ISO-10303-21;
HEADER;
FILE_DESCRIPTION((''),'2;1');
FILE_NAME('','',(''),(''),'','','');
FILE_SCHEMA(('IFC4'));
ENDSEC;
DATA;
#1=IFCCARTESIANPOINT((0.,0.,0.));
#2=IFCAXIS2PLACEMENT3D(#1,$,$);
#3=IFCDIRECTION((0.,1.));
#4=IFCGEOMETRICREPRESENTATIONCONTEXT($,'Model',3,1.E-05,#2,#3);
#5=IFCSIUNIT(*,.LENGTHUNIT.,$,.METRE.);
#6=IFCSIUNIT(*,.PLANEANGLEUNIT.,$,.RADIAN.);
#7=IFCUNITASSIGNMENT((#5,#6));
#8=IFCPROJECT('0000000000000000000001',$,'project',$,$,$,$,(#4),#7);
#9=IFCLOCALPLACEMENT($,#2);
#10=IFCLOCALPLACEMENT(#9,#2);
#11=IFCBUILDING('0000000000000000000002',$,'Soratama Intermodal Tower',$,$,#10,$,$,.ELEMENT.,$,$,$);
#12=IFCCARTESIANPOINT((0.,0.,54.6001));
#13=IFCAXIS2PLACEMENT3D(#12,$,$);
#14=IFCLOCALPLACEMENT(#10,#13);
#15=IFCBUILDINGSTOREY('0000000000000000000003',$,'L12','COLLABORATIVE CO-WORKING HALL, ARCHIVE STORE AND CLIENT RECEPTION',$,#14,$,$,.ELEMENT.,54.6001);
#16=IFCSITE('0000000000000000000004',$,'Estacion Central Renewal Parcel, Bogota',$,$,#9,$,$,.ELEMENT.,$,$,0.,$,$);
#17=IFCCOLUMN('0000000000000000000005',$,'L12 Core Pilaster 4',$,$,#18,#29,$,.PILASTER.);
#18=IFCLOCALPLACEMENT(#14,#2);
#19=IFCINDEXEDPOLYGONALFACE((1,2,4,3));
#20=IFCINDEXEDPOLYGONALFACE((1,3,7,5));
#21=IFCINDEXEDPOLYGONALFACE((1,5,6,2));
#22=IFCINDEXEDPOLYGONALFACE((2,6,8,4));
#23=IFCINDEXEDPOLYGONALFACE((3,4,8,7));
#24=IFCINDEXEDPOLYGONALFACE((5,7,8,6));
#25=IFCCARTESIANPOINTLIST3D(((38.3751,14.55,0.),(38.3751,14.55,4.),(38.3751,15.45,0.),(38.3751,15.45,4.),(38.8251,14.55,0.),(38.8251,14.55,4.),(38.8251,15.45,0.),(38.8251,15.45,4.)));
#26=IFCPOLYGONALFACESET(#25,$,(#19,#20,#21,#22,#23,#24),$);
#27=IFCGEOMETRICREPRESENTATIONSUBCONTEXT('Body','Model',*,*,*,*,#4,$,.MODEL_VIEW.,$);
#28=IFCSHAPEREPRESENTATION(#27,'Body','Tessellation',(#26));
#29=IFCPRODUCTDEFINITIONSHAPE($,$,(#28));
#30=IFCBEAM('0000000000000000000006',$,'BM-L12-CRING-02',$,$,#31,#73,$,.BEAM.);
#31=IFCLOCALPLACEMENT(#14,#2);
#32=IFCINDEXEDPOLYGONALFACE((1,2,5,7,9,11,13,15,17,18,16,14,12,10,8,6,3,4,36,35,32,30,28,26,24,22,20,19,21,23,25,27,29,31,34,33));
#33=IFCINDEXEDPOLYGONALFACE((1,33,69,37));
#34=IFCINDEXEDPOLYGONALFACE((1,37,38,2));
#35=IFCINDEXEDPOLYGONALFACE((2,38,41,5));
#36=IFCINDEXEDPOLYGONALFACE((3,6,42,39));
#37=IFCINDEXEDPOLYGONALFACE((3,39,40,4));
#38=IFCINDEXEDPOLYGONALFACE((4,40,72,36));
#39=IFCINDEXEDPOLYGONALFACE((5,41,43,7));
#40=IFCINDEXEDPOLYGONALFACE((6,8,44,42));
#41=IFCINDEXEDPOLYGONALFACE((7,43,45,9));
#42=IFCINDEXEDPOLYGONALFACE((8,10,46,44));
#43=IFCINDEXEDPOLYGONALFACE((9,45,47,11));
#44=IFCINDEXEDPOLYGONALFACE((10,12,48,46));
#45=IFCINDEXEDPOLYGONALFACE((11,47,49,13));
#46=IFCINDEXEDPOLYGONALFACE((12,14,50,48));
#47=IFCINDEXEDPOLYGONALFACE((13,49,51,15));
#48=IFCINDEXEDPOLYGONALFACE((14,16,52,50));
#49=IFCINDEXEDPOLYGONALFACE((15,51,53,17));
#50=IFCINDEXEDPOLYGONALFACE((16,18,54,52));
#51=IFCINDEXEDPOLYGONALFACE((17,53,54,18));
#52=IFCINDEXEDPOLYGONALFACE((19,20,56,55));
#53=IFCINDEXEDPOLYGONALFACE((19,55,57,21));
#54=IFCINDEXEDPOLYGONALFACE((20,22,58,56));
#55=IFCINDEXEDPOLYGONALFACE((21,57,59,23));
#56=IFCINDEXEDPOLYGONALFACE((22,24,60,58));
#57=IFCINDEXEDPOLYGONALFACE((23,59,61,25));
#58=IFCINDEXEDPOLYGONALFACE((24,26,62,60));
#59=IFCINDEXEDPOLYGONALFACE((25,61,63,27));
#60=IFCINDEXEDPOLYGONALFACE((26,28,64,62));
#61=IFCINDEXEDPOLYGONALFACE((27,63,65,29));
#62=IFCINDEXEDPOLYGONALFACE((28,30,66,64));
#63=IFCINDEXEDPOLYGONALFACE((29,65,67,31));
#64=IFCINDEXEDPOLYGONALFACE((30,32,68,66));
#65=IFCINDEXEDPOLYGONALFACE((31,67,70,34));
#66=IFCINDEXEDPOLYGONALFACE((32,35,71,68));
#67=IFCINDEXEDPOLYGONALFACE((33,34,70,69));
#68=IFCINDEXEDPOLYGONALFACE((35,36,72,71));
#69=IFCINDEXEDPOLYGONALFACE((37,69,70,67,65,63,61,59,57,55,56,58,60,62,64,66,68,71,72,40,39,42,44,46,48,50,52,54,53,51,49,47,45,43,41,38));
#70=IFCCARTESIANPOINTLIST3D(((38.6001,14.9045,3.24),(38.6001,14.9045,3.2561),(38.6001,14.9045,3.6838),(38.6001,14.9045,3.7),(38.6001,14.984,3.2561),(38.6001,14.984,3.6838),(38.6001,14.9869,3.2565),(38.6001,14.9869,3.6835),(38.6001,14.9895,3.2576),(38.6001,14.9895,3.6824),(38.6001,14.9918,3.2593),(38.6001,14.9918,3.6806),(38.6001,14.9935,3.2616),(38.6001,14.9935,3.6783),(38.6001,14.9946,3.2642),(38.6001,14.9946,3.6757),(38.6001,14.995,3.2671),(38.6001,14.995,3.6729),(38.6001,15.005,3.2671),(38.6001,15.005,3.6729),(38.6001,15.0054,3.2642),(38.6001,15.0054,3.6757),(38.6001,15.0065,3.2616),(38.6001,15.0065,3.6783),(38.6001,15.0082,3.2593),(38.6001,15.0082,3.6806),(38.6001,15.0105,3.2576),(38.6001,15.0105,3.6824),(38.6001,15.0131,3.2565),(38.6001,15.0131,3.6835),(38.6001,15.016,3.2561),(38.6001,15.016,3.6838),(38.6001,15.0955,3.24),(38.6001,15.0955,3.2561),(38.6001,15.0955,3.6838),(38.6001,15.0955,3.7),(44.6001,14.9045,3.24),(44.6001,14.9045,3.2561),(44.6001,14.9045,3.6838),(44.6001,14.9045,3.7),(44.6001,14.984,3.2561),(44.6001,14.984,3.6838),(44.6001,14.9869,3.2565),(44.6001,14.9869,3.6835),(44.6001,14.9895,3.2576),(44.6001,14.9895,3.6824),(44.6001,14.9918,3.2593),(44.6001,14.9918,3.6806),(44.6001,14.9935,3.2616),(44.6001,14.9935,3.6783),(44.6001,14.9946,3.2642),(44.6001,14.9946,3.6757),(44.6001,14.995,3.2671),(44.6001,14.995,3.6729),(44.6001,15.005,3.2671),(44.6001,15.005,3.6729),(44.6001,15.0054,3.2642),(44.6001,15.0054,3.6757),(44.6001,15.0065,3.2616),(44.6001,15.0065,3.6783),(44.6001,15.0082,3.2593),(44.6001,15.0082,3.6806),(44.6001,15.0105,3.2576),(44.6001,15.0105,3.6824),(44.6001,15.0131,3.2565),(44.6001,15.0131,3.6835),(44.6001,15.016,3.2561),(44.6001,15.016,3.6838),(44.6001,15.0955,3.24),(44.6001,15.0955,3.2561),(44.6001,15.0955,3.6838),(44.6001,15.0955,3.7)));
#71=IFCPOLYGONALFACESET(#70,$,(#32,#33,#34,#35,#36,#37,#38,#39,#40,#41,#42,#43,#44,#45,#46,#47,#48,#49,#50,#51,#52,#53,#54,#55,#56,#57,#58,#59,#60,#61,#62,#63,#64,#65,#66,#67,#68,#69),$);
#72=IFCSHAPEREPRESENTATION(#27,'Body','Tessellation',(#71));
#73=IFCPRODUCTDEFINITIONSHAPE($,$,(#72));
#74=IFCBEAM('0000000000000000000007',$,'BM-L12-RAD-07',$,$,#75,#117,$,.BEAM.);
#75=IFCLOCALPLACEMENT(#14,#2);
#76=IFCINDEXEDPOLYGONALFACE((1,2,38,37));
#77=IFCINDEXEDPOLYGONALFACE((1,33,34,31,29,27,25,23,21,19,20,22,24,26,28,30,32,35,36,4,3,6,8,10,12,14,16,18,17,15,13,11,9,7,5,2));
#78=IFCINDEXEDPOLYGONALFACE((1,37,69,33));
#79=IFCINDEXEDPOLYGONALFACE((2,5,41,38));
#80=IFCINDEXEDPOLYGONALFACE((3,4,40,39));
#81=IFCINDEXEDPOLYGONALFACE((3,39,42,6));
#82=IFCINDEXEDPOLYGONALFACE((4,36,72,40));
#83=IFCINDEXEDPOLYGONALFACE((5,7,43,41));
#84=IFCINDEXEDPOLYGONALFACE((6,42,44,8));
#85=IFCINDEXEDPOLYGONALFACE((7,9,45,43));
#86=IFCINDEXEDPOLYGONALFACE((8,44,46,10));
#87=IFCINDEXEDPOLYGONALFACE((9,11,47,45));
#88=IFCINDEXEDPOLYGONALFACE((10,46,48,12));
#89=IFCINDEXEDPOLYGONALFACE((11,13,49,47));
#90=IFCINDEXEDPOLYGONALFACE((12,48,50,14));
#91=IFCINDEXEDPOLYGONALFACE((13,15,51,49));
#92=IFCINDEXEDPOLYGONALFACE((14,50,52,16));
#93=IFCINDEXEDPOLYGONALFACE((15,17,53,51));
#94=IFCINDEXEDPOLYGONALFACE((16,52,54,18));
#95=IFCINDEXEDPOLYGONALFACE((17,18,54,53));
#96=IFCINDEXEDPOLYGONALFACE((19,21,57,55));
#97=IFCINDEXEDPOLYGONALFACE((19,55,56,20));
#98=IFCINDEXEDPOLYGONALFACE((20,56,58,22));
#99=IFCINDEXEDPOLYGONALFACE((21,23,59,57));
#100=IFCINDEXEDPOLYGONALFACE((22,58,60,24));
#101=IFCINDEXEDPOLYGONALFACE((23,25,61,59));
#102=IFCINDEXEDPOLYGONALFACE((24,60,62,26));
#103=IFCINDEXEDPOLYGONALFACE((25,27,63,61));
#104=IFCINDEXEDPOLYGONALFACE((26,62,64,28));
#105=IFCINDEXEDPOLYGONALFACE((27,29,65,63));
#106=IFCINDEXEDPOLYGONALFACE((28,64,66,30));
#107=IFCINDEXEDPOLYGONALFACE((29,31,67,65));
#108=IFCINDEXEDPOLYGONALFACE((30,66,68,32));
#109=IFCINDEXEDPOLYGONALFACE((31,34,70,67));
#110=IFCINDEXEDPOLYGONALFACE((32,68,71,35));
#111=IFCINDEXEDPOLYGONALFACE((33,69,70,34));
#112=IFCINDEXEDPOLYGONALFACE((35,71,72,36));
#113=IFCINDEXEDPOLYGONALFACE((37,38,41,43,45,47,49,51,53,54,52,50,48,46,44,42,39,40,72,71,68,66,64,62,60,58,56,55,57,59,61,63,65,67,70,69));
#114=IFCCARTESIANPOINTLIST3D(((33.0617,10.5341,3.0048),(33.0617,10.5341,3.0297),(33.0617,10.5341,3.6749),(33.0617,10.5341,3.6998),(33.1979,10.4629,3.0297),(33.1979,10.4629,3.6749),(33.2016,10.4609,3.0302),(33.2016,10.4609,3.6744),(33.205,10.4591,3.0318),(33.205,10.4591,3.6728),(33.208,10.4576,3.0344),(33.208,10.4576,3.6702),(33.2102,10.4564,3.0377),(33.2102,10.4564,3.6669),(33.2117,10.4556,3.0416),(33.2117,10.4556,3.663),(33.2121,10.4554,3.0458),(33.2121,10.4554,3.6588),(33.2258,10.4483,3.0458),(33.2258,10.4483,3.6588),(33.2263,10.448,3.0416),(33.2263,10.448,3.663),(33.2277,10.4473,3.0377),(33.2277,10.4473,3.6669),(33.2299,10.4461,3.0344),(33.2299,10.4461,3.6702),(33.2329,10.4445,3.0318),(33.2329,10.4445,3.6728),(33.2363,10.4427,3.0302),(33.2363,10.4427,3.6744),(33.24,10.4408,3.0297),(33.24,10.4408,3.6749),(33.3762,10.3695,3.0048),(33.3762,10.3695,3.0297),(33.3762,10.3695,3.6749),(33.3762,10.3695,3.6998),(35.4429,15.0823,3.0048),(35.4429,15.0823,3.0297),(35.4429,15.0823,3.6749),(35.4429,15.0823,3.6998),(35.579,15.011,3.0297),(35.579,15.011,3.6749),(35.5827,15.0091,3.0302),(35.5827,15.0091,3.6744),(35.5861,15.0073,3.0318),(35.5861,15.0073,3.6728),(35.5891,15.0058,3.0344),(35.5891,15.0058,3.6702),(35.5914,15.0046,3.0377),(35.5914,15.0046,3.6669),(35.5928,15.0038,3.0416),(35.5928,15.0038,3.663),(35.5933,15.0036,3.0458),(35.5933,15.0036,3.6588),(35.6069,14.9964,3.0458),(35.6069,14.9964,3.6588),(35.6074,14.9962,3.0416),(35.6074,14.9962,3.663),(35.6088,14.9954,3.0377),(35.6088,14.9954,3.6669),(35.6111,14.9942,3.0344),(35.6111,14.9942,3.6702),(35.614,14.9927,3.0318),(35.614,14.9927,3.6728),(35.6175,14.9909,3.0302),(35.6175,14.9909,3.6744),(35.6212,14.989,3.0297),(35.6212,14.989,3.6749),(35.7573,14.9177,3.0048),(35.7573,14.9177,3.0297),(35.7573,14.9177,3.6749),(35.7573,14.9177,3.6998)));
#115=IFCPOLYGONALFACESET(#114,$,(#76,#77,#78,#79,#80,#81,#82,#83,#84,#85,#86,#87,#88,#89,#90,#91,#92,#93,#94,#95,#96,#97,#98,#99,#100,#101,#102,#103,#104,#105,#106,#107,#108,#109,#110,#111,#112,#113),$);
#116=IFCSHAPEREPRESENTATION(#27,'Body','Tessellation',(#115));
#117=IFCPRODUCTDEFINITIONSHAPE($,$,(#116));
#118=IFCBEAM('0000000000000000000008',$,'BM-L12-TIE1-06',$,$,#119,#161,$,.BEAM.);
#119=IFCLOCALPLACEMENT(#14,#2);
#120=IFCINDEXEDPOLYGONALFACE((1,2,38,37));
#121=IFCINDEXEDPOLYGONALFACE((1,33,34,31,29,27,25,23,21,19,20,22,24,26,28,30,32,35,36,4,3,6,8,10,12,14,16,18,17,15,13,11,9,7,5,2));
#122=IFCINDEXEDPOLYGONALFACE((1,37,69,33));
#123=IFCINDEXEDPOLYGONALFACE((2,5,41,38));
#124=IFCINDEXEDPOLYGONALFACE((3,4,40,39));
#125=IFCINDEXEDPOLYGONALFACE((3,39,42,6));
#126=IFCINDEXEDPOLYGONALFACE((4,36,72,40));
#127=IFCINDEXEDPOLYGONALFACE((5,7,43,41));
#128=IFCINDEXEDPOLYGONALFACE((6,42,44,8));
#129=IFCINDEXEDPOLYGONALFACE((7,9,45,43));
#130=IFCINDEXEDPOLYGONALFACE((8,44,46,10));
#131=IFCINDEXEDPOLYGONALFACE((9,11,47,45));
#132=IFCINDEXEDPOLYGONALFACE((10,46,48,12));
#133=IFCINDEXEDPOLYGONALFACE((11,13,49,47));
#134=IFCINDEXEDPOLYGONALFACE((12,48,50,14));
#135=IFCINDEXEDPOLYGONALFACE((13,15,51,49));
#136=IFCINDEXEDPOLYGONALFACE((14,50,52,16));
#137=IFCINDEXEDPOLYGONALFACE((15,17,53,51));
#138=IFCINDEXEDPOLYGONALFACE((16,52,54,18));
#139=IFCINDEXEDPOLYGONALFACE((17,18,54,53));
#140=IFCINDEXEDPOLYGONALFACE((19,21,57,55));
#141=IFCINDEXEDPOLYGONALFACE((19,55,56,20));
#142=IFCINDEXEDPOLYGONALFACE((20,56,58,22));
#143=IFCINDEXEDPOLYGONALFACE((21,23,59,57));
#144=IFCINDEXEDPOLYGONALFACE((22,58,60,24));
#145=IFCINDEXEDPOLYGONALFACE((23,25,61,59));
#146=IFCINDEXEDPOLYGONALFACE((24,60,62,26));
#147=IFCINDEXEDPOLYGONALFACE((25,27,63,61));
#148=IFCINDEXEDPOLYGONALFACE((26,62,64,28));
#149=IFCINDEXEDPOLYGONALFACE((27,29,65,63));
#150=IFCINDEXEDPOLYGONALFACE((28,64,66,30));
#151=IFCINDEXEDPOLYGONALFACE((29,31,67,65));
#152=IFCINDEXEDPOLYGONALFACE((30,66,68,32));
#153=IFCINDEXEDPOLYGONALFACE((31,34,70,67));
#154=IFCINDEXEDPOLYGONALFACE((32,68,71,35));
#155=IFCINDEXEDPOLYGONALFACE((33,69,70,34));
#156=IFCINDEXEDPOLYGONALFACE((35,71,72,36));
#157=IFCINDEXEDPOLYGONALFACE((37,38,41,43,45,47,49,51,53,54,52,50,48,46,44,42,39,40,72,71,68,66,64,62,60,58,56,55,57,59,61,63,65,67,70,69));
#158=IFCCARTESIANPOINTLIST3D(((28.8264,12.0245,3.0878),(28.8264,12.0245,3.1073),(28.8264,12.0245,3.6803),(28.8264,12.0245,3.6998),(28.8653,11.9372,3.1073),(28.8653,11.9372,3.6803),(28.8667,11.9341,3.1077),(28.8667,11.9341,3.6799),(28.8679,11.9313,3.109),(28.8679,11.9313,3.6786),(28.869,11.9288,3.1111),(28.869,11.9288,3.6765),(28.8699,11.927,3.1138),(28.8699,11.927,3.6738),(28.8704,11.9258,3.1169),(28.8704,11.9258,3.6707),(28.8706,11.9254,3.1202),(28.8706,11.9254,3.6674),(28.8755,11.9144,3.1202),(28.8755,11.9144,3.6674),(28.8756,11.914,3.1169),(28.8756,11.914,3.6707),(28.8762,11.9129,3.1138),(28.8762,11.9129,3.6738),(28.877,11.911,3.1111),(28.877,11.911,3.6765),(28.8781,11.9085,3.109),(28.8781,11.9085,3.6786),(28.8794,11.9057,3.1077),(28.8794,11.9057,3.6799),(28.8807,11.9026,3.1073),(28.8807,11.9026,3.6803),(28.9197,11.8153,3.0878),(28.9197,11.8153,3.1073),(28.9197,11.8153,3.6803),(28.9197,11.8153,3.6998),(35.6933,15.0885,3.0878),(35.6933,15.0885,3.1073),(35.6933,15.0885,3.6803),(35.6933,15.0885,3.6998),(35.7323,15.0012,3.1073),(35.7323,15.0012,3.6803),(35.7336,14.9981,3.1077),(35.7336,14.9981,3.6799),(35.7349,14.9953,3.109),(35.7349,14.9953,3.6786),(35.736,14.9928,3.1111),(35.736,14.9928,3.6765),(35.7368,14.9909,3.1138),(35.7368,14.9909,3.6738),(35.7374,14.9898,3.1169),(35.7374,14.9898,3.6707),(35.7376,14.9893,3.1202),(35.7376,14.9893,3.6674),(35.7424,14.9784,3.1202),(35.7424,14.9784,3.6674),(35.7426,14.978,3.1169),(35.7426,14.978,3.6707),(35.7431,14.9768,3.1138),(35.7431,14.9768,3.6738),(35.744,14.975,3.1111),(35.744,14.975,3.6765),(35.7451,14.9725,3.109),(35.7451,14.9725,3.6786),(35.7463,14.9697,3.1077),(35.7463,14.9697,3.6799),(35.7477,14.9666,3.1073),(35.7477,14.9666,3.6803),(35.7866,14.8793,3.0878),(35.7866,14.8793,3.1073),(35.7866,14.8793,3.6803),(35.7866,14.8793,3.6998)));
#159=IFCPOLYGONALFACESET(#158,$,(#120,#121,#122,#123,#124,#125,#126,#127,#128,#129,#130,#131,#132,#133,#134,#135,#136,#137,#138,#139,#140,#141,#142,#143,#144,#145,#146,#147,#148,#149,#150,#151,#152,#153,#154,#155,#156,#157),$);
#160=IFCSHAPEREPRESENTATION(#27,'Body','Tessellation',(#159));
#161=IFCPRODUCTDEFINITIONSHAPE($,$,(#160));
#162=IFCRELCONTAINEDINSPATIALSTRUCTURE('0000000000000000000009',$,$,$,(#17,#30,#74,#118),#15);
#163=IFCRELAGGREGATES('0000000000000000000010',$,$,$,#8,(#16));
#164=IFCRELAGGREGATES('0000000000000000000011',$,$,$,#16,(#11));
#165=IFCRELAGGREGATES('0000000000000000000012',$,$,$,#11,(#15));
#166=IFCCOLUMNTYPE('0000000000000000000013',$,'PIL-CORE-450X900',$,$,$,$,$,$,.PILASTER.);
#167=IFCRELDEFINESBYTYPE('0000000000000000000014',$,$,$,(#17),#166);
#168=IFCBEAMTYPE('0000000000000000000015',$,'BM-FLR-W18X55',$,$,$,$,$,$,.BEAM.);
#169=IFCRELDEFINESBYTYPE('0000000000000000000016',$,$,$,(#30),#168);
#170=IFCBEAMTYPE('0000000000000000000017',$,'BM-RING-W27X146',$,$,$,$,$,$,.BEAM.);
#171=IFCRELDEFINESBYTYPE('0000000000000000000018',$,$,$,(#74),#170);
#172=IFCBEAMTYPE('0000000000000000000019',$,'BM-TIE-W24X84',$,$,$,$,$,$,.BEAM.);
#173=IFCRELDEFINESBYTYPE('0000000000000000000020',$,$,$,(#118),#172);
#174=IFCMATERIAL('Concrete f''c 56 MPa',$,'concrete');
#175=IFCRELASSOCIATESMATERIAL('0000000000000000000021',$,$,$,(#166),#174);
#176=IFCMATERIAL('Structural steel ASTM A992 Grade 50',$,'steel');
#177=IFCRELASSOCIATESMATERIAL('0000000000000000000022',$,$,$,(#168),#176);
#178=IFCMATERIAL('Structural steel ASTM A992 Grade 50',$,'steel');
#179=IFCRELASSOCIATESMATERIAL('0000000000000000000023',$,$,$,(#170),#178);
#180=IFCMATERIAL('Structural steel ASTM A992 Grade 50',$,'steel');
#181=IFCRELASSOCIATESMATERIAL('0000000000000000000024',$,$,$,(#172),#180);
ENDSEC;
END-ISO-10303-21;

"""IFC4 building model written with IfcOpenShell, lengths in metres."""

from ifc_helpers import new_model, si_unit, direction, frame, origin, origin_2d, place, context, subcontext, project, spatial, rectangle, i_section, extrude, material, material_profile, profile_set, type_object, element, save


model = new_model("IFC4")

# Units and contexts
model_context = context("Model", 3, precision=1e-05, world=origin(), true_north=direction((0.0, 1.0)))
body_context = subcontext(model_context, "Body", "Model", "MODEL_VIEW")
ifc_project = project(units=[si_unit("LENGTHUNIT", "METRE"), si_unit("PLANEANGLEUNIT", "RADIAN")], contexts=[model_context])

# Site, building, storey
site_placement = place(None, origin())
site = spatial("IfcSite", under=ifc_project, at=site_placement, Name="Estacion Central Renewal Parcel, Bogota", CompositionType="ELEMENT", RefElevation=0.0)
building_placement = place(site_placement, origin())
building = spatial("IfcBuilding", under=site, at=building_placement, Name="Soratama Intermodal Tower", CompositionType="ELEMENT")
storey_placement = place(building_placement, frame((0.0, 0.0, 54.6001)))
storey = spatial("IfcBuildingStorey", under=building, at=storey_placement, Name="L12", Description="COLLABORATIVE CO-WORKING HALL, ARCHIVE STORE AND CLIENT RECEPTION", CompositionType="ELEMENT", Elevation=54.6001)

# Column
ifc_material_1 = material(Name="Concrete f'c 56 MPa", Category="concrete")
ifc_material_profile_1 = material_profile(ifc_material_1, rectangle(XDim=0.45, YDim=0.8999, at=origin_2d()), Name="RC450X900")
ifc_profile_set_1 = profile_set([ifc_material_profile_1], Name="Concrete f'c 56 MPa")
column_type = type_object("IfcColumnType", Name="PIL-CORE-450X900", PredefinedType="PILASTER", material=ifc_profile_set_1)
column_placement = place(storey_placement, frame((38.6001, 15.0, 0.0), z_axis=(0.0, 0.0, 1.0), x_axis=(1.0, 0.0, 0.0)))
element("IfcColumn", 1, at=column_placement, inside=storey, type_object=column_type, Name="L12 Core Pilaster 4", PredefinedType="PILASTER", context=body_context, shape_type="SweptSolid", body=[
    extrude(rectangle(XDim=0.45, YDim=0.8999, at=origin_2d()), origin(), (0.0, 0.0, 1.0), 4.0),
])

# Beams
ifc_material_2 = material(Name="Structural steel ASTM A992 Grade 50", Category="steel")
ifc_material_profile_2 = material_profile(ifc_material_2, i_section(OverallWidth=0.1909, OverallDepth=0.46, WebThickness=0.01, FlangeThickness=0.0161, FilletRadius=0.011, at=origin_2d()), Name="W18X55")
ifc_profile_set_2 = profile_set([ifc_material_profile_2], Name="Structural steel ASTM A992 Grade 50")
beam_type_1 = type_object("IfcBeamType", Name="BM-FLR-W18X55", PredefinedType="BEAM", material=ifc_profile_set_2)
beam_1_placement = place(storey_placement, frame((38.6001, 15.0, 3.47), z_axis=(1.0, 0.0, 0.0), x_axis=(0.0, 1.0, 0.0)))
element("IfcBeam", 2, at=beam_1_placement, inside=storey, type_object=beam_type_1, Name="BM-L12-CRING-02", PredefinedType="BEAM", context=body_context, shape_type="SweptSolid", body=[
    extrude(i_section(OverallWidth=0.1909, OverallDepth=0.46, WebThickness=0.01, FlangeThickness=0.0161, FilletRadius=0.011, at=origin_2d()), origin(), (0.0, 0.0, 1.0), 6.0),
])
ifc_material_3 = material(Name="Structural steel ASTM A992 Grade 50", Category="steel")
ifc_material_profile_3 = material_profile(ifc_material_3, i_section(OverallWidth=0.355, OverallDepth=0.6951, WebThickness=0.0154, FlangeThickness=0.0249, FilletRadius=0.0161, at=origin_2d()), Name="W27X146")
ifc_profile_set_3 = profile_set([ifc_material_profile_3], Name="Structural steel ASTM A992 Grade 50")
beam_type_2 = type_object("IfcBeamType", Name="BM-RING-W27X146", PredefinedType="BEAM", material=ifc_profile_set_3)
beam_2_placement = place(storey_placement, frame((35.6001, 15.0, 3.3523), z_axis=(-0.463819, -0.88593, 0.0), x_axis=(0.88593, -0.463819, 0.0)))
element("IfcBeam", 3, at=beam_2_placement, inside=storey, type_object=beam_type_2, Name="BM-L12-RAD-07", PredefinedType="BEAM", context=body_context, shape_type="SweptSolid", body=[
    extrude(i_section(OverallWidth=0.355, OverallDepth=0.6951, WebThickness=0.0154, FlangeThickness=0.0249, FilletRadius=0.0161, at=origin_2d()), origin(), (0.0, 0.0, 1.0), 5.1338),
])
ifc_material_4 = material(Name="Structural steel ASTM A992 Grade 50", Category="steel")
ifc_material_profile_4 = material_profile(ifc_material_4, i_section(OverallWidth=0.229, OverallDepth=0.6121, WebThickness=0.012, FlangeThickness=0.0195, FilletRadius=0.0129, at=origin_2d()), Name="W24X84")
ifc_profile_set_4 = profile_set([ifc_material_profile_4], Name="Structural steel ASTM A992 Grade 50")
beam_type_3 = type_object("IfcBeamType", Name="BM-TIE-W24X84", PredefinedType="BEAM", material=ifc_profile_set_4)
beam_3_placement = place(storey_placement, frame((35.74, 14.9839, 3.3938), z_axis=(-0.913219, -0.40747, 0.0), x_axis=(0.40747, -0.913219, 0.0)))
element("IfcBeam", 4, at=beam_3_placement, inside=storey, type_object=beam_type_3, Name="BM-L12-TIE1-06", PredefinedType="BEAM", context=body_context, shape_type="SweptSolid", body=[
    extrude(i_section(OverallWidth=0.229, OverallDepth=0.6121, WebThickness=0.012, FlangeThickness=0.0195, FilletRadius=0.0129, at=origin_2d()), origin(), (0.0, 0.0, 1.0), 7.5195),
])

save(model, "model.ifc")
